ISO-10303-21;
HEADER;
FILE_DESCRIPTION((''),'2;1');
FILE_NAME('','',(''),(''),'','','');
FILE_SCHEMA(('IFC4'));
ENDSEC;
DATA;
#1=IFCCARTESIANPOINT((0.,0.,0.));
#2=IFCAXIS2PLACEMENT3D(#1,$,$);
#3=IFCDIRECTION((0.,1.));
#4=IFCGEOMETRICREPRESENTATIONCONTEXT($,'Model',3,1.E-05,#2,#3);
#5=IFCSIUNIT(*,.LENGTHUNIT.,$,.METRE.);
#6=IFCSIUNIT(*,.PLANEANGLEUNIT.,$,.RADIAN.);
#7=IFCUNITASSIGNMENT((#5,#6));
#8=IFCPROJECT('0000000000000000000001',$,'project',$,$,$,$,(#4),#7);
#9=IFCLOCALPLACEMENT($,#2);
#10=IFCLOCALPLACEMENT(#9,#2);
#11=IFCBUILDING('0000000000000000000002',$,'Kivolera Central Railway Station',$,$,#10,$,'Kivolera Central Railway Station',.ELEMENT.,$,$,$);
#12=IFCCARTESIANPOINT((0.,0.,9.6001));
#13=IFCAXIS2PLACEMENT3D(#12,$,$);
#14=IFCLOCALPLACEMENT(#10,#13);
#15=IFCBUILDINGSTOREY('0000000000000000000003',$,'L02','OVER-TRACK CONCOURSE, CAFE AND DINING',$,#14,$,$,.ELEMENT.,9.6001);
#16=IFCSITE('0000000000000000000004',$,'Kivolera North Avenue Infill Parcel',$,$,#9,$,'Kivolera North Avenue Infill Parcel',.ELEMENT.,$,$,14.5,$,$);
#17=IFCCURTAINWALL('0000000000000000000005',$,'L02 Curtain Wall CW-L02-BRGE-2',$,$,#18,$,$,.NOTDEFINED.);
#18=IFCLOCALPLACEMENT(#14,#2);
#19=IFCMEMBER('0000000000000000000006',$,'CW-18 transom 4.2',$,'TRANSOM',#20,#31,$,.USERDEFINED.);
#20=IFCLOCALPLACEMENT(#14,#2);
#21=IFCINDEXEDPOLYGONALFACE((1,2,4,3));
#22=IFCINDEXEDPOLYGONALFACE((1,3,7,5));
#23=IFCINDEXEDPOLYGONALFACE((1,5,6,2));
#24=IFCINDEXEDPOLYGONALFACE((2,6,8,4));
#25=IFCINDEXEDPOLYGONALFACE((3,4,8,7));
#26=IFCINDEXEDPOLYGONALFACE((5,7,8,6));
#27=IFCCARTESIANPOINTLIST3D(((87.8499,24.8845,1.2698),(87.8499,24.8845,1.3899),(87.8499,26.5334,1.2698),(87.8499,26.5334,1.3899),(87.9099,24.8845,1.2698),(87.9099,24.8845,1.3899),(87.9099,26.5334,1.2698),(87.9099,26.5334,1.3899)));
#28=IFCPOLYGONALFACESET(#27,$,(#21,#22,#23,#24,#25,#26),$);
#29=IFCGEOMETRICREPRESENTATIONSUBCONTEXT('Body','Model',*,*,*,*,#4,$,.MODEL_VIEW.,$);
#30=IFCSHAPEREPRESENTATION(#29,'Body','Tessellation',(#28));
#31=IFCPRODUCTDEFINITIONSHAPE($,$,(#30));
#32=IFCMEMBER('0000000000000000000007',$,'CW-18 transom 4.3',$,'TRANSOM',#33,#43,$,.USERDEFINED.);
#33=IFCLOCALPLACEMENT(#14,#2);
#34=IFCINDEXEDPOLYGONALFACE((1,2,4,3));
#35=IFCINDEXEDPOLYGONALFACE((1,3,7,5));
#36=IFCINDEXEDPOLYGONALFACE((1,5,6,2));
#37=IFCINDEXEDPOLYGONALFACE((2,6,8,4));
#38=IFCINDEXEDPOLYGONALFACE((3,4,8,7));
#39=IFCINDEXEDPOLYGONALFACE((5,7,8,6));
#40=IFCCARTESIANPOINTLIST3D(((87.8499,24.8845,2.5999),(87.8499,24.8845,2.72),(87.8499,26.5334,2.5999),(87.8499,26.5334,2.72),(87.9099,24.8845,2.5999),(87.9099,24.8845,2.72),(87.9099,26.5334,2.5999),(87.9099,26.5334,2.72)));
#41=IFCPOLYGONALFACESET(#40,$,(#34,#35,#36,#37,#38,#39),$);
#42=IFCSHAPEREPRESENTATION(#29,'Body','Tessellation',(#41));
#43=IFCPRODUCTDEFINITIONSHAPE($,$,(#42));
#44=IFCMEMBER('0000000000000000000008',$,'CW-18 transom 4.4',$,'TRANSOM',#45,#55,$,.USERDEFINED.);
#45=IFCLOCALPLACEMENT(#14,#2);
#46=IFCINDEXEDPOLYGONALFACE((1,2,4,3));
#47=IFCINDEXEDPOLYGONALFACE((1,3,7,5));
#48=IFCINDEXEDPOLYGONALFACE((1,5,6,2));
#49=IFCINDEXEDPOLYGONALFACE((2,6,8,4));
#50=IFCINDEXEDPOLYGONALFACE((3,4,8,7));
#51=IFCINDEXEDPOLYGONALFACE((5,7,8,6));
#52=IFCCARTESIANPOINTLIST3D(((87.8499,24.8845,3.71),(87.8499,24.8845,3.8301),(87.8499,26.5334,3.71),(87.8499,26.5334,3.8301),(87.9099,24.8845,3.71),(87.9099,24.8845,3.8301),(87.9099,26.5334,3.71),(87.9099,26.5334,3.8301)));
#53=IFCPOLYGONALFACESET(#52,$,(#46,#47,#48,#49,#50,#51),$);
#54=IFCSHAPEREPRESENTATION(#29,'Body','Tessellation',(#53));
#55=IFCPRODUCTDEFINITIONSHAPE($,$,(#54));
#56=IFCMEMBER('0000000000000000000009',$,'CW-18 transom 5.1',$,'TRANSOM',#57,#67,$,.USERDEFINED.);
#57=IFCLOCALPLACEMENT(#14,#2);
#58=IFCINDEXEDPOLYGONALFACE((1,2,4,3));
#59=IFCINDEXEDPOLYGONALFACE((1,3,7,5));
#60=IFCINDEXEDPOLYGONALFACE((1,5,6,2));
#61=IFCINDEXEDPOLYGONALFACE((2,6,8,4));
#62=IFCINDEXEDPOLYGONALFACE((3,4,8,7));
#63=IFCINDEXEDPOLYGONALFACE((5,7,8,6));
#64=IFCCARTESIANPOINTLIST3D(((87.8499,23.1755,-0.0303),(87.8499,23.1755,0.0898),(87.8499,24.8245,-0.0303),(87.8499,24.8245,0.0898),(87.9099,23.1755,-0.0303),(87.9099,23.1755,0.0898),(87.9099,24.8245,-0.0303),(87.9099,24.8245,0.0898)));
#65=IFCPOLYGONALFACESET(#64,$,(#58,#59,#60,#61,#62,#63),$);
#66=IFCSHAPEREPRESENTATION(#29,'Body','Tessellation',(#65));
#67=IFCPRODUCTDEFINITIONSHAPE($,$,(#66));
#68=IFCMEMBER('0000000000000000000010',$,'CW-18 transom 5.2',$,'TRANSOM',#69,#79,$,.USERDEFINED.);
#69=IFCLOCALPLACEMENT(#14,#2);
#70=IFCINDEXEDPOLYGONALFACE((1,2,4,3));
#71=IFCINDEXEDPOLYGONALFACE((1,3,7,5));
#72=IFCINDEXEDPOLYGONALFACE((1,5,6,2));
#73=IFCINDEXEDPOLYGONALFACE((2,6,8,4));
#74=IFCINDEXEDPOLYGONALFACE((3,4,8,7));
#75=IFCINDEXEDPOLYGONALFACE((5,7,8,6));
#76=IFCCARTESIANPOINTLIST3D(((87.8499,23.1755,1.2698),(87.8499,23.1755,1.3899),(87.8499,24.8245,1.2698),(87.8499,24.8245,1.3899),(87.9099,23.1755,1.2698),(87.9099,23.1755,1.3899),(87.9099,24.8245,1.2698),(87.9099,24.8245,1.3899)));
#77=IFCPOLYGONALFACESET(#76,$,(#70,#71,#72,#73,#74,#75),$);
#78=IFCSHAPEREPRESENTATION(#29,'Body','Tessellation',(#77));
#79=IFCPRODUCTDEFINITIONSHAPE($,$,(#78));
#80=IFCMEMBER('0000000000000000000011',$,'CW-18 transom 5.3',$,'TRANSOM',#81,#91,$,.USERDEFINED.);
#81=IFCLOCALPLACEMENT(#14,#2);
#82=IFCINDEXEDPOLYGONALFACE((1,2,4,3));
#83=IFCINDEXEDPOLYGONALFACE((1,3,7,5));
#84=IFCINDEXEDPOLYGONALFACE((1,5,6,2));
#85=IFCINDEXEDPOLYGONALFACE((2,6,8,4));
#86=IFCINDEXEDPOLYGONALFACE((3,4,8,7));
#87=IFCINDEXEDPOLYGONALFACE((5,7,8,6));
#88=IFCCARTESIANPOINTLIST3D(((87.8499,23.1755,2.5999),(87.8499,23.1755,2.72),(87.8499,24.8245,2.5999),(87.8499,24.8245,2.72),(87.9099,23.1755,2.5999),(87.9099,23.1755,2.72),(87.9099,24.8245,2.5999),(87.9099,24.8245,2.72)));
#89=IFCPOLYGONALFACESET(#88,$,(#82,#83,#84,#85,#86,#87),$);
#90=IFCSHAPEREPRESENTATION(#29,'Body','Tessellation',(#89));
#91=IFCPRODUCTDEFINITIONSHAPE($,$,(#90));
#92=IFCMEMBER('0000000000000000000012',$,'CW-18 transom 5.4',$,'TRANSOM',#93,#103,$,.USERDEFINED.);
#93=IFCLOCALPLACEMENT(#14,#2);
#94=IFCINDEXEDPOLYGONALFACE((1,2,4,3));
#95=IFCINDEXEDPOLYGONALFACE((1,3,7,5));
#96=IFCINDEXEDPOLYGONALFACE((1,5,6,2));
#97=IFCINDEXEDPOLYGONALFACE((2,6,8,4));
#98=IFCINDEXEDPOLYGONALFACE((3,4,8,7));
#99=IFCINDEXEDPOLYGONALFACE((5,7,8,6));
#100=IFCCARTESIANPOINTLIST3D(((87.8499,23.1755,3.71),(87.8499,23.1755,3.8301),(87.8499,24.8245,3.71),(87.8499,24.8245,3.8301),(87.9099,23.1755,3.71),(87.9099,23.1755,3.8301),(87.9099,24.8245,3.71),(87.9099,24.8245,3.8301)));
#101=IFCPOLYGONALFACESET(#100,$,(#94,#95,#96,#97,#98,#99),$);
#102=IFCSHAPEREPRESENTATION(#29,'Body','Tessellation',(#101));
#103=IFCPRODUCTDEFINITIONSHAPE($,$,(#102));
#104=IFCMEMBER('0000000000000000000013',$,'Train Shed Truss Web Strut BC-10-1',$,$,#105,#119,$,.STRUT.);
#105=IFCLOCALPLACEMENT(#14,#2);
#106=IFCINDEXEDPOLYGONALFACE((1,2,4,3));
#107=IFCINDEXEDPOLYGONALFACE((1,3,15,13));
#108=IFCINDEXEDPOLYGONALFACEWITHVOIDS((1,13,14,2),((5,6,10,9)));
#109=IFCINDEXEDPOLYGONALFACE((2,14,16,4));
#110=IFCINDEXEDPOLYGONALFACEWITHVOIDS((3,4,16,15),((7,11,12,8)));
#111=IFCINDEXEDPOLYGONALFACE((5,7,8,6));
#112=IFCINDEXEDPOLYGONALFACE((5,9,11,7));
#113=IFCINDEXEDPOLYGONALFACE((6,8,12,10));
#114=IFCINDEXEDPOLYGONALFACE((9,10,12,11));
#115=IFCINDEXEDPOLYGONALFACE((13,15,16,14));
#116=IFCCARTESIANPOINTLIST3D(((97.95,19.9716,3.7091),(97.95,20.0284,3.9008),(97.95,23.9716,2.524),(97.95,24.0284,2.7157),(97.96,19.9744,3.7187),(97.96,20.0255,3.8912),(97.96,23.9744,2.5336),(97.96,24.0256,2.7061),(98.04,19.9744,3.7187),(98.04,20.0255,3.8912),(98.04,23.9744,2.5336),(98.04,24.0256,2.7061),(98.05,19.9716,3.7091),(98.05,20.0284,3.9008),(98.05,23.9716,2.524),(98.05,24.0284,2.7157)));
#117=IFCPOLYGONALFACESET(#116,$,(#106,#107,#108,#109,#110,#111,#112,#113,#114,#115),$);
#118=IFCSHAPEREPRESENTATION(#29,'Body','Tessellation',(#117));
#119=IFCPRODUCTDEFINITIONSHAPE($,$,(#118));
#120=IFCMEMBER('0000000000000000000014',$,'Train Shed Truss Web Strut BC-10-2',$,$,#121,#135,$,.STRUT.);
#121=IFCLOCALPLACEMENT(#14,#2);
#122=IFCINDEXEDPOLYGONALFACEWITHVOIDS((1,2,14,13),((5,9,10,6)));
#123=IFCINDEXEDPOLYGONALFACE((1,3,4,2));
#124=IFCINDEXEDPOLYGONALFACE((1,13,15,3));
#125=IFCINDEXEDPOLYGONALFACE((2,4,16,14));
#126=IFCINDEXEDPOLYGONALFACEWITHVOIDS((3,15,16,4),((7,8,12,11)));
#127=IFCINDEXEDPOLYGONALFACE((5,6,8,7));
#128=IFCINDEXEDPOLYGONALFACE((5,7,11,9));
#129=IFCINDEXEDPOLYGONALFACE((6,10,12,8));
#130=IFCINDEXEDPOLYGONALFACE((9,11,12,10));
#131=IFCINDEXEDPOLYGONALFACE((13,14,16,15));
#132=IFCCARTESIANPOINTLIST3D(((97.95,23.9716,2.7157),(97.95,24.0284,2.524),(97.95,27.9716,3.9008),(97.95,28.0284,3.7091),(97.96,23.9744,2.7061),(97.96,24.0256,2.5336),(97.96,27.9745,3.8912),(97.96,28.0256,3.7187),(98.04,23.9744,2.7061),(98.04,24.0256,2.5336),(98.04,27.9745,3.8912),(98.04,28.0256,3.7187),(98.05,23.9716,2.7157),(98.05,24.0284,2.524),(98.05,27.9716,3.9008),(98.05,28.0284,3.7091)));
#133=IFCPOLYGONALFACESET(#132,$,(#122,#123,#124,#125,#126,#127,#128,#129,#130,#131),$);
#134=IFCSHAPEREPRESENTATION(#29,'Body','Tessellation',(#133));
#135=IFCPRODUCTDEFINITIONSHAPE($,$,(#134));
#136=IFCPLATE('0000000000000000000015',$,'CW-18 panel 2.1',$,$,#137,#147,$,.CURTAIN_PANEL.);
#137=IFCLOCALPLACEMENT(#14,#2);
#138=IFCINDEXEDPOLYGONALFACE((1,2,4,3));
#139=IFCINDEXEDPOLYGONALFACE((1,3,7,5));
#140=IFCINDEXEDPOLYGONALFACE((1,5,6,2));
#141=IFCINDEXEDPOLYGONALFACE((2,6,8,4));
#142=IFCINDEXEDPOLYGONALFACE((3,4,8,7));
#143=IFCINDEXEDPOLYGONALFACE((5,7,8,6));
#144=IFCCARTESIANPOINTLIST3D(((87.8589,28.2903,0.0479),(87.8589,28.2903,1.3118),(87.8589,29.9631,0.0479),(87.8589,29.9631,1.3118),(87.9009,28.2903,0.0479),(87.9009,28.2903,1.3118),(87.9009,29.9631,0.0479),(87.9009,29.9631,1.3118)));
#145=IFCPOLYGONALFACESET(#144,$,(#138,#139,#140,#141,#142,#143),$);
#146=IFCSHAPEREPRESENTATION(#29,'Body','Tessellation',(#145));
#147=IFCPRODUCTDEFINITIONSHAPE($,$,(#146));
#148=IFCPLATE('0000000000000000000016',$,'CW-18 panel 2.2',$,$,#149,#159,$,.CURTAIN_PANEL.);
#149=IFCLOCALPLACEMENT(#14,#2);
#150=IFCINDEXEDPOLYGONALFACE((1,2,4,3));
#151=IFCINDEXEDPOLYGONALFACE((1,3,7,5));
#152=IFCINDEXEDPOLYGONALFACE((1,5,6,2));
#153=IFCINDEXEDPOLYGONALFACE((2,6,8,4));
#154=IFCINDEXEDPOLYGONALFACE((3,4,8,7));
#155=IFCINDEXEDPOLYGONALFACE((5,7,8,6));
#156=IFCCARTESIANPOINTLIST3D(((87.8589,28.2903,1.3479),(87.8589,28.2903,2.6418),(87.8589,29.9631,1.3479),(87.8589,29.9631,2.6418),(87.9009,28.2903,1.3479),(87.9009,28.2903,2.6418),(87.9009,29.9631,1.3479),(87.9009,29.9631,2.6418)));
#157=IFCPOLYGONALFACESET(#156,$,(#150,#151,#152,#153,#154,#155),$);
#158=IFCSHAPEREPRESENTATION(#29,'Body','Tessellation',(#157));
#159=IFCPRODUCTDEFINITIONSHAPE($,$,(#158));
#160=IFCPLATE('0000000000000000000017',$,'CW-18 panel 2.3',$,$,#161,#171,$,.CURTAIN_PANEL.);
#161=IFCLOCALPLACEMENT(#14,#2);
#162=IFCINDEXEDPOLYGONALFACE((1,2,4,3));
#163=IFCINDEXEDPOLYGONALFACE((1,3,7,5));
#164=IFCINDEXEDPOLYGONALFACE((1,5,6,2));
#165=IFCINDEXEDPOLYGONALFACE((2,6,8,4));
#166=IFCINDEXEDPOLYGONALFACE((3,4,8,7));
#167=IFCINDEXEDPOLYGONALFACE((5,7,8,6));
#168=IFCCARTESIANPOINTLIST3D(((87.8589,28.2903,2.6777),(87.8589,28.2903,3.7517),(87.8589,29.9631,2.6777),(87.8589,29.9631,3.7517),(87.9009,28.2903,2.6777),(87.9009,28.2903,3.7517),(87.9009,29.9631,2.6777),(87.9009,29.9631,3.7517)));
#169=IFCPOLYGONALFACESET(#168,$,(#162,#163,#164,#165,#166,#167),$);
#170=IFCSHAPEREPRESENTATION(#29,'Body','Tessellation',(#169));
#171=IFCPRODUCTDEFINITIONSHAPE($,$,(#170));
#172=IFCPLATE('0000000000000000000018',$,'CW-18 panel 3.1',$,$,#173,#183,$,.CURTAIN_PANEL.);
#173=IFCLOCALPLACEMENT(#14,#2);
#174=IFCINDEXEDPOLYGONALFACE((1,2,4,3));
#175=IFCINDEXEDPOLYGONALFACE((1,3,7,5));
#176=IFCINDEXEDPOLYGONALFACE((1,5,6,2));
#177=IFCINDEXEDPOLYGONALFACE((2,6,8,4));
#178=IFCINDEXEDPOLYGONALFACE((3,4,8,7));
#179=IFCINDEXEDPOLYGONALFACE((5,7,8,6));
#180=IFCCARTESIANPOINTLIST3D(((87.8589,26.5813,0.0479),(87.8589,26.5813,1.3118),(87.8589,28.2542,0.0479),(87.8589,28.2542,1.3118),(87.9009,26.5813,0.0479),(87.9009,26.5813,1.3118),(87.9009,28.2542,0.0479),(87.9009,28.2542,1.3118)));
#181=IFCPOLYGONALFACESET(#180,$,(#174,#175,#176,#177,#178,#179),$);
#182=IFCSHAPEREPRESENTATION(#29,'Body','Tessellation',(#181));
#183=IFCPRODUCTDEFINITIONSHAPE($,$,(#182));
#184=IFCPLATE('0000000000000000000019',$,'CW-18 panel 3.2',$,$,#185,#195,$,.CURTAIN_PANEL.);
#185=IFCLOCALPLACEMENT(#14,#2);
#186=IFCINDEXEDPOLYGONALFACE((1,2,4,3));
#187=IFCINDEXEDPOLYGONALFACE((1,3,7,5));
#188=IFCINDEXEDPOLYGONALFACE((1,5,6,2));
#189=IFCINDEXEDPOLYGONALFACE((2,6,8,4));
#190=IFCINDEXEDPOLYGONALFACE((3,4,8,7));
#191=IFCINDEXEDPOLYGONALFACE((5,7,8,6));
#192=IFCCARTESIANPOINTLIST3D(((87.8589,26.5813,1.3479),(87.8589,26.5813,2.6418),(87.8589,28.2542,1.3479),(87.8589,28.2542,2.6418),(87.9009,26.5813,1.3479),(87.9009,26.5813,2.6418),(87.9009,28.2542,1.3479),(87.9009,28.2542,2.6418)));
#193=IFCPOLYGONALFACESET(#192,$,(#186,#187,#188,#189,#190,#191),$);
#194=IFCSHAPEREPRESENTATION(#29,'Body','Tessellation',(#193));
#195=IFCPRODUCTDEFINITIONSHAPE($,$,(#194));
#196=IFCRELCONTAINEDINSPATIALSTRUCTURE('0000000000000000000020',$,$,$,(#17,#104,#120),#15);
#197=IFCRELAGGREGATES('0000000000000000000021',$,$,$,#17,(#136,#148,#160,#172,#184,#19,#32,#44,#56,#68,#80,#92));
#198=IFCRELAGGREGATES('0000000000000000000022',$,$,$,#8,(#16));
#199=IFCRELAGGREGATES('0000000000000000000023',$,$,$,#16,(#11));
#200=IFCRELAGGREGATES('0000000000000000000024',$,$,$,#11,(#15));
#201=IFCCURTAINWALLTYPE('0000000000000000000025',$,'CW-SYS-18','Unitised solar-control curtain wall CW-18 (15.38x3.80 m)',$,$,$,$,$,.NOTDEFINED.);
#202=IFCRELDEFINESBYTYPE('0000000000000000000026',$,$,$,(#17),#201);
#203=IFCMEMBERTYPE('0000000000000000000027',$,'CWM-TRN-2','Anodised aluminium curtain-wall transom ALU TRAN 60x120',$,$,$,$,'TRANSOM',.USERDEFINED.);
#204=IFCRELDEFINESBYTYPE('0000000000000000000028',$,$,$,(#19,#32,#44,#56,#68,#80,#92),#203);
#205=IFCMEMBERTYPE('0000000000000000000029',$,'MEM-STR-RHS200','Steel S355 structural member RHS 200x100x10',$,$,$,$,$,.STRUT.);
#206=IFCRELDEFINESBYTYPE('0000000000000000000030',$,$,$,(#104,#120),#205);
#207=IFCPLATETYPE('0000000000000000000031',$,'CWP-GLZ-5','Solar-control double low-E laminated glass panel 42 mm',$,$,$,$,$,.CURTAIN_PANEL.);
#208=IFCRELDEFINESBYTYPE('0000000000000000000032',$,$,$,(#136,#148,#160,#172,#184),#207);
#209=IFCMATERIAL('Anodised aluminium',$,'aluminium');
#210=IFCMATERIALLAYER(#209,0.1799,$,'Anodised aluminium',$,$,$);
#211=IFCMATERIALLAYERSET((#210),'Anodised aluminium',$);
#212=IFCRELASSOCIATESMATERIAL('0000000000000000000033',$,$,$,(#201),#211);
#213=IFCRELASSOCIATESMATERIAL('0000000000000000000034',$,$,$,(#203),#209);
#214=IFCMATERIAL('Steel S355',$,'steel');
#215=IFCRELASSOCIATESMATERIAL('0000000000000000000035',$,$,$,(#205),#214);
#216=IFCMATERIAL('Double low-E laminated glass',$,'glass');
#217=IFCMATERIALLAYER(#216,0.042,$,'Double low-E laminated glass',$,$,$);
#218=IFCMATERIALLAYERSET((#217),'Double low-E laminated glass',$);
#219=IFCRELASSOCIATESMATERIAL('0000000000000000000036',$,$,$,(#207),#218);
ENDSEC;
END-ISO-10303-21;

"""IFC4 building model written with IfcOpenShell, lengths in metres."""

from ifc_helpers import new_model, si_unit, direction, frame, origin, origin_2d, place, context, subcontext, project, spatial, rectangle, hollow_rectangle, extrude, material, layer, layer_set, material_profile, profile_set, type_object, element, aggregate, save


model = new_model("IFC4")

# Units and contexts
model_context = context("Model", 3, precision=1e-05, world=origin(), true_north=direction((0.0, 1.0)))
body_context = subcontext(model_context, "Body", "Model", "MODEL_VIEW")
ifc_project = project(units=[si_unit("LENGTHUNIT", "METRE"), si_unit("PLANEANGLEUNIT", "RADIAN")], contexts=[model_context])

# Site, building, storey
site_placement = place(None, origin())
site = spatial("IfcSite", under=ifc_project, at=site_placement, Name="Kivolera North Avenue Infill Parcel", LongName="Kivolera North Avenue Infill Parcel", CompositionType="ELEMENT", RefElevation=14.5)
building_placement = place(site_placement, origin())
building = spatial("IfcBuilding", under=site, at=building_placement, Name="Kivolera Central Railway Station", LongName="Kivolera Central Railway Station", CompositionType="ELEMENT")
storey_placement = place(building_placement, frame((0.0, 0.0, 9.6001)))
storey = spatial("IfcBuildingStorey", under=building, at=storey_placement, Name="L02", Description="OVER-TRACK CONCOURSE, CAFE AND DINING", CompositionType="ELEMENT", Elevation=9.6001)

# Shared definitions
ifc_material_1 = material(Name="Steel S355", Category="steel")

# Curtain wall, members
ifc_material_2 = material(Name="Anodised aluminium", Category="aluminium")
ifc_layer_1 = layer(ifc_material_2, 0.1799, Name="Anodised aluminium")
ifc_layer_set_1 = layer_set([ifc_layer_1], Name="Anodised aluminium")
curtain_wall_type = type_object("IfcCurtainWallType", Name="CW-SYS-18", Description="Unitised solar-control curtain wall CW-18 (15.38x3.80 m)", PredefinedType="NOTDEFINED", material=ifc_layer_set_1)
curtain_wall_placement = place(storey_placement, origin())
curtain_wall = element("IfcCurtainWall", 1, at=curtain_wall_placement, inside=storey, type_object=curtain_wall_type, Name="L02 Curtain Wall CW-L02-BRGE-2", PredefinedType="NOTDEFINED")
ifc_material_profile_1 = material_profile(ifc_material_2, rectangle(XDim=0.0601, YDim=0.1201, at=origin_2d()), Name="ALU TRAN 60x120")
ifc_profile_set_1 = profile_set([ifc_material_profile_1], Name="Anodised aluminium")
member_type_1 = type_object("IfcMemberType", Name="CWM-TRN-2", Description="Anodised aluminium curtain-wall transom ALU TRAN 60x120", ElementType="TRANSOM", PredefinedType="USERDEFINED", material=ifc_profile_set_1)
member_1_placement = place(storey_placement, frame((87.8799, 26.5334, 1.3298), z_axis=(0.0, -1.0, 0.0), x_axis=(1.0, 0.0, 0.0)))
member_1 = element("IfcMember", 2, at=member_1_placement, type_object=member_type_1, Name="CW-18 transom 4.2", ObjectType="TRANSOM", PredefinedType="USERDEFINED", context=body_context, shape_type="SweptSolid", body=[
    extrude(rectangle(XDim=0.0601, YDim=0.1201, at=origin_2d()), origin(), (0.0, 0.0, 1.0), 1.6489),
])
member_2_placement = place(storey_placement, frame((87.8799, 26.5334, 2.6599), z_axis=(0.0, -1.0, 0.0), x_axis=(1.0, 0.0, 0.0)))
member_2 = element("IfcMember", 3, at=member_2_placement, type_object=member_type_1, Name="CW-18 transom 4.3", ObjectType="TRANSOM", PredefinedType="USERDEFINED", context=body_context, shape_type="SweptSolid", body=[
    extrude(rectangle(XDim=0.0601, YDim=0.1201, at=origin_2d()), origin(), (0.0, 0.0, 1.0), 1.6489),
])
member_3_placement = place(storey_placement, frame((87.8799, 26.5334, 3.77), z_axis=(0.0, -1.0, 0.0), x_axis=(1.0, 0.0, 0.0)))
member_3 = element("IfcMember", 4, at=member_3_placement, type_object=member_type_1, Name="CW-18 transom 4.4", ObjectType="TRANSOM", PredefinedType="USERDEFINED", context=body_context, shape_type="SweptSolid", body=[
    extrude(rectangle(XDim=0.0601, YDim=0.1201, at=origin_2d()), origin(), (0.0, 0.0, 1.0), 1.6489),
])
member_4_placement = place(storey_placement, frame((87.8799, 24.8245, 0.0298), z_axis=(0.0, -1.0, 0.0), x_axis=(1.0, 0.0, 0.0)))
member_4 = element("IfcMember", 5, at=member_4_placement, type_object=member_type_1, Name="CW-18 transom 5.1", ObjectType="TRANSOM", PredefinedType="USERDEFINED", context=body_context, shape_type="SweptSolid", body=[
    extrude(rectangle(XDim=0.0601, YDim=0.1201, at=origin_2d()), origin(), (0.0, 0.0, 1.0), 1.6489),
])
member_5_placement = place(storey_placement, frame((87.8799, 24.8245, 1.3298), z_axis=(0.0, -1.0, 0.0), x_axis=(1.0, 0.0, 0.0)))
member_5 = element("IfcMember", 6, at=member_5_placement, type_object=member_type_1, Name="CW-18 transom 5.2", ObjectType="TRANSOM", PredefinedType="USERDEFINED", context=body_context, shape_type="SweptSolid", body=[
    extrude(rectangle(XDim=0.0601, YDim=0.1201, at=origin_2d()), origin(), (0.0, 0.0, 1.0), 1.6489),
])
member_6_placement = place(storey_placement, frame((87.8799, 24.8245, 2.6599), z_axis=(0.0, -1.0, 0.0), x_axis=(1.0, 0.0, 0.0)))
member_6 = element("IfcMember", 7, at=member_6_placement, type_object=member_type_1, Name="CW-18 transom 5.3", ObjectType="TRANSOM", PredefinedType="USERDEFINED", context=body_context, shape_type="SweptSolid", body=[
    extrude(rectangle(XDim=0.0601, YDim=0.1201, at=origin_2d()), origin(), (0.0, 0.0, 1.0), 1.6489),
])
member_7_placement = place(storey_placement, frame((87.8799, 24.8245, 3.77), z_axis=(0.0, -1.0, 0.0), x_axis=(1.0, 0.0, 0.0)))
member_7 = element("IfcMember", 8, at=member_7_placement, type_object=member_type_1, Name="CW-18 transom 5.4", ObjectType="TRANSOM", PredefinedType="USERDEFINED", context=body_context, shape_type="SweptSolid", body=[
    extrude(rectangle(XDim=0.0601, YDim=0.1201, at=origin_2d()), origin(), (0.0, 0.0, 1.0), 1.6489),
])

# Members
ifc_material_profile_2 = material_profile(ifc_material_1, hollow_rectangle(XDim=0.1001, YDim=0.2, WallThickness=0.01, at=origin_2d()), Name="RHS 200x100x10")
ifc_profile_set_2 = profile_set([ifc_material_profile_2], Name="Steel S355")
member_type_2 = type_object("IfcMemberType", Name="MEM-STR-RHS200", Description="Steel S355 structural member RHS 200x100x10", PredefinedType="STRUT", material=ifc_profile_set_2)
for number, where, z_axis, x_axis, name in (
    (9, (98.0, 24.0, 2.6199), (0.0, -0.958806, 0.28406), (1.0, 0.0, 0.0), "Train Shed Truss Web Strut BC-10-1"),
    (10, (98.0, 24.0, 2.6199), (0.0, 0.958806, 0.28406), (-1.0, 0.0, 0.0), "Train Shed Truss Web Strut BC-10-2"),
):
    element("IfcMember", number, at=place(storey_placement, frame(where, z_axis=z_axis, x_axis=x_axis)), inside=storey, type_object=member_type_2, Name=name, PredefinedType="STRUT", context=body_context, shape_type="SweptSolid", body=[
        extrude(hollow_rectangle(XDim=0.1001, YDim=0.2, WallThickness=0.01, at=origin_2d()), origin(), (0.0, 0.0, 1.0), 4.1719),
    ])

# Plates
ifc_material_3 = material(Name="Double low-E laminated glass", Category="glass")
ifc_layer_2 = layer(ifc_material_3, 0.042, Name="Double low-E laminated glass")
ifc_layer_set_2 = layer_set([ifc_layer_2], Name="Double low-E laminated glass")
plate_type_1 = type_object("IfcPlateType", Name="CWP-GLZ-5", Description="Solar-control double low-E laminated glass panel 42 mm", PredefinedType="CURTAIN_PANEL", material=ifc_layer_set_2)
plate_1_placement = place(storey_placement, frame((87.8799, 29.1267, 0.0479), z_axis=(0.0, 0.0, 1.0), x_axis=(0.0, -1.0, 0.0)))
plate_1 = element("IfcPlate", 11, at=plate_1_placement, type_object=plate_type_1, Name="CW-18 panel 2.1", PredefinedType="CURTAIN_PANEL", context=body_context, shape_type="SweptSolid", body=[
    extrude(rectangle(XDim=1.6729, YDim=0.042, at=origin_2d()), origin(), (0.0, 0.0, 1.0), 1.2639),
])
plate_2_placement = place(storey_placement, frame((87.8799, 29.1267, 1.3479), z_axis=(0.0, 0.0, 1.0), x_axis=(0.0, -1.0, 0.0)))
plate_2 = element("IfcPlate", 12, at=plate_2_placement, type_object=plate_type_1, Name="CW-18 panel 2.2", PredefinedType="CURTAIN_PANEL", context=body_context, shape_type="SweptSolid", body=[
    extrude(rectangle(XDim=1.6729, YDim=0.042, at=origin_2d()), origin(), (0.0, 0.0, 1.0), 1.2939),
])
plate_3_placement = place(storey_placement, frame((87.8799, 29.1267, 2.6777), z_axis=(0.0, 0.0, 1.0), x_axis=(0.0, -1.0, 0.0)))
plate_3 = element("IfcPlate", 13, at=plate_3_placement, type_object=plate_type_1, Name="CW-18 panel 2.3", PredefinedType="CURTAIN_PANEL", context=body_context, shape_type="SweptSolid", body=[
    extrude(rectangle(XDim=1.6729, YDim=0.042, at=origin_2d()), origin(), (0.0, 0.0, 1.0), 1.074),
])
plate_4_placement = place(storey_placement, frame((87.8799, 27.4177, 0.0479), z_axis=(0.0, 0.0, 1.0), x_axis=(0.0, -1.0, 0.0)))
plate_4 = element("IfcPlate", 14, at=plate_4_placement, type_object=plate_type_1, Name="CW-18 panel 3.1", PredefinedType="CURTAIN_PANEL", context=body_context, shape_type="SweptSolid", body=[
    extrude(rectangle(XDim=1.6729, YDim=0.042, at=origin_2d()), origin(), (0.0, 0.0, 1.0), 1.2639),
])
plate_5_placement = place(storey_placement, frame((87.8799, 27.4177, 1.3479), z_axis=(0.0, 0.0, 1.0), x_axis=(0.0, -1.0, 0.0)))
plate_5 = element("IfcPlate", 15, at=plate_5_placement, type_object=plate_type_1, Name="CW-18 panel 3.2", PredefinedType="CURTAIN_PANEL", context=body_context, shape_type="SweptSolid", body=[
    extrude(rectangle(XDim=1.6729, YDim=0.042, at=origin_2d()), origin(), (0.0, 0.0, 1.0), 1.2939),
])
aggregate(curtain_wall, [plate_1, plate_2, plate_3, plate_4, plate_5, member_1, member_2, member_3, member_4, member_5, member_6, member_7])

save(model, "model.ifc")
